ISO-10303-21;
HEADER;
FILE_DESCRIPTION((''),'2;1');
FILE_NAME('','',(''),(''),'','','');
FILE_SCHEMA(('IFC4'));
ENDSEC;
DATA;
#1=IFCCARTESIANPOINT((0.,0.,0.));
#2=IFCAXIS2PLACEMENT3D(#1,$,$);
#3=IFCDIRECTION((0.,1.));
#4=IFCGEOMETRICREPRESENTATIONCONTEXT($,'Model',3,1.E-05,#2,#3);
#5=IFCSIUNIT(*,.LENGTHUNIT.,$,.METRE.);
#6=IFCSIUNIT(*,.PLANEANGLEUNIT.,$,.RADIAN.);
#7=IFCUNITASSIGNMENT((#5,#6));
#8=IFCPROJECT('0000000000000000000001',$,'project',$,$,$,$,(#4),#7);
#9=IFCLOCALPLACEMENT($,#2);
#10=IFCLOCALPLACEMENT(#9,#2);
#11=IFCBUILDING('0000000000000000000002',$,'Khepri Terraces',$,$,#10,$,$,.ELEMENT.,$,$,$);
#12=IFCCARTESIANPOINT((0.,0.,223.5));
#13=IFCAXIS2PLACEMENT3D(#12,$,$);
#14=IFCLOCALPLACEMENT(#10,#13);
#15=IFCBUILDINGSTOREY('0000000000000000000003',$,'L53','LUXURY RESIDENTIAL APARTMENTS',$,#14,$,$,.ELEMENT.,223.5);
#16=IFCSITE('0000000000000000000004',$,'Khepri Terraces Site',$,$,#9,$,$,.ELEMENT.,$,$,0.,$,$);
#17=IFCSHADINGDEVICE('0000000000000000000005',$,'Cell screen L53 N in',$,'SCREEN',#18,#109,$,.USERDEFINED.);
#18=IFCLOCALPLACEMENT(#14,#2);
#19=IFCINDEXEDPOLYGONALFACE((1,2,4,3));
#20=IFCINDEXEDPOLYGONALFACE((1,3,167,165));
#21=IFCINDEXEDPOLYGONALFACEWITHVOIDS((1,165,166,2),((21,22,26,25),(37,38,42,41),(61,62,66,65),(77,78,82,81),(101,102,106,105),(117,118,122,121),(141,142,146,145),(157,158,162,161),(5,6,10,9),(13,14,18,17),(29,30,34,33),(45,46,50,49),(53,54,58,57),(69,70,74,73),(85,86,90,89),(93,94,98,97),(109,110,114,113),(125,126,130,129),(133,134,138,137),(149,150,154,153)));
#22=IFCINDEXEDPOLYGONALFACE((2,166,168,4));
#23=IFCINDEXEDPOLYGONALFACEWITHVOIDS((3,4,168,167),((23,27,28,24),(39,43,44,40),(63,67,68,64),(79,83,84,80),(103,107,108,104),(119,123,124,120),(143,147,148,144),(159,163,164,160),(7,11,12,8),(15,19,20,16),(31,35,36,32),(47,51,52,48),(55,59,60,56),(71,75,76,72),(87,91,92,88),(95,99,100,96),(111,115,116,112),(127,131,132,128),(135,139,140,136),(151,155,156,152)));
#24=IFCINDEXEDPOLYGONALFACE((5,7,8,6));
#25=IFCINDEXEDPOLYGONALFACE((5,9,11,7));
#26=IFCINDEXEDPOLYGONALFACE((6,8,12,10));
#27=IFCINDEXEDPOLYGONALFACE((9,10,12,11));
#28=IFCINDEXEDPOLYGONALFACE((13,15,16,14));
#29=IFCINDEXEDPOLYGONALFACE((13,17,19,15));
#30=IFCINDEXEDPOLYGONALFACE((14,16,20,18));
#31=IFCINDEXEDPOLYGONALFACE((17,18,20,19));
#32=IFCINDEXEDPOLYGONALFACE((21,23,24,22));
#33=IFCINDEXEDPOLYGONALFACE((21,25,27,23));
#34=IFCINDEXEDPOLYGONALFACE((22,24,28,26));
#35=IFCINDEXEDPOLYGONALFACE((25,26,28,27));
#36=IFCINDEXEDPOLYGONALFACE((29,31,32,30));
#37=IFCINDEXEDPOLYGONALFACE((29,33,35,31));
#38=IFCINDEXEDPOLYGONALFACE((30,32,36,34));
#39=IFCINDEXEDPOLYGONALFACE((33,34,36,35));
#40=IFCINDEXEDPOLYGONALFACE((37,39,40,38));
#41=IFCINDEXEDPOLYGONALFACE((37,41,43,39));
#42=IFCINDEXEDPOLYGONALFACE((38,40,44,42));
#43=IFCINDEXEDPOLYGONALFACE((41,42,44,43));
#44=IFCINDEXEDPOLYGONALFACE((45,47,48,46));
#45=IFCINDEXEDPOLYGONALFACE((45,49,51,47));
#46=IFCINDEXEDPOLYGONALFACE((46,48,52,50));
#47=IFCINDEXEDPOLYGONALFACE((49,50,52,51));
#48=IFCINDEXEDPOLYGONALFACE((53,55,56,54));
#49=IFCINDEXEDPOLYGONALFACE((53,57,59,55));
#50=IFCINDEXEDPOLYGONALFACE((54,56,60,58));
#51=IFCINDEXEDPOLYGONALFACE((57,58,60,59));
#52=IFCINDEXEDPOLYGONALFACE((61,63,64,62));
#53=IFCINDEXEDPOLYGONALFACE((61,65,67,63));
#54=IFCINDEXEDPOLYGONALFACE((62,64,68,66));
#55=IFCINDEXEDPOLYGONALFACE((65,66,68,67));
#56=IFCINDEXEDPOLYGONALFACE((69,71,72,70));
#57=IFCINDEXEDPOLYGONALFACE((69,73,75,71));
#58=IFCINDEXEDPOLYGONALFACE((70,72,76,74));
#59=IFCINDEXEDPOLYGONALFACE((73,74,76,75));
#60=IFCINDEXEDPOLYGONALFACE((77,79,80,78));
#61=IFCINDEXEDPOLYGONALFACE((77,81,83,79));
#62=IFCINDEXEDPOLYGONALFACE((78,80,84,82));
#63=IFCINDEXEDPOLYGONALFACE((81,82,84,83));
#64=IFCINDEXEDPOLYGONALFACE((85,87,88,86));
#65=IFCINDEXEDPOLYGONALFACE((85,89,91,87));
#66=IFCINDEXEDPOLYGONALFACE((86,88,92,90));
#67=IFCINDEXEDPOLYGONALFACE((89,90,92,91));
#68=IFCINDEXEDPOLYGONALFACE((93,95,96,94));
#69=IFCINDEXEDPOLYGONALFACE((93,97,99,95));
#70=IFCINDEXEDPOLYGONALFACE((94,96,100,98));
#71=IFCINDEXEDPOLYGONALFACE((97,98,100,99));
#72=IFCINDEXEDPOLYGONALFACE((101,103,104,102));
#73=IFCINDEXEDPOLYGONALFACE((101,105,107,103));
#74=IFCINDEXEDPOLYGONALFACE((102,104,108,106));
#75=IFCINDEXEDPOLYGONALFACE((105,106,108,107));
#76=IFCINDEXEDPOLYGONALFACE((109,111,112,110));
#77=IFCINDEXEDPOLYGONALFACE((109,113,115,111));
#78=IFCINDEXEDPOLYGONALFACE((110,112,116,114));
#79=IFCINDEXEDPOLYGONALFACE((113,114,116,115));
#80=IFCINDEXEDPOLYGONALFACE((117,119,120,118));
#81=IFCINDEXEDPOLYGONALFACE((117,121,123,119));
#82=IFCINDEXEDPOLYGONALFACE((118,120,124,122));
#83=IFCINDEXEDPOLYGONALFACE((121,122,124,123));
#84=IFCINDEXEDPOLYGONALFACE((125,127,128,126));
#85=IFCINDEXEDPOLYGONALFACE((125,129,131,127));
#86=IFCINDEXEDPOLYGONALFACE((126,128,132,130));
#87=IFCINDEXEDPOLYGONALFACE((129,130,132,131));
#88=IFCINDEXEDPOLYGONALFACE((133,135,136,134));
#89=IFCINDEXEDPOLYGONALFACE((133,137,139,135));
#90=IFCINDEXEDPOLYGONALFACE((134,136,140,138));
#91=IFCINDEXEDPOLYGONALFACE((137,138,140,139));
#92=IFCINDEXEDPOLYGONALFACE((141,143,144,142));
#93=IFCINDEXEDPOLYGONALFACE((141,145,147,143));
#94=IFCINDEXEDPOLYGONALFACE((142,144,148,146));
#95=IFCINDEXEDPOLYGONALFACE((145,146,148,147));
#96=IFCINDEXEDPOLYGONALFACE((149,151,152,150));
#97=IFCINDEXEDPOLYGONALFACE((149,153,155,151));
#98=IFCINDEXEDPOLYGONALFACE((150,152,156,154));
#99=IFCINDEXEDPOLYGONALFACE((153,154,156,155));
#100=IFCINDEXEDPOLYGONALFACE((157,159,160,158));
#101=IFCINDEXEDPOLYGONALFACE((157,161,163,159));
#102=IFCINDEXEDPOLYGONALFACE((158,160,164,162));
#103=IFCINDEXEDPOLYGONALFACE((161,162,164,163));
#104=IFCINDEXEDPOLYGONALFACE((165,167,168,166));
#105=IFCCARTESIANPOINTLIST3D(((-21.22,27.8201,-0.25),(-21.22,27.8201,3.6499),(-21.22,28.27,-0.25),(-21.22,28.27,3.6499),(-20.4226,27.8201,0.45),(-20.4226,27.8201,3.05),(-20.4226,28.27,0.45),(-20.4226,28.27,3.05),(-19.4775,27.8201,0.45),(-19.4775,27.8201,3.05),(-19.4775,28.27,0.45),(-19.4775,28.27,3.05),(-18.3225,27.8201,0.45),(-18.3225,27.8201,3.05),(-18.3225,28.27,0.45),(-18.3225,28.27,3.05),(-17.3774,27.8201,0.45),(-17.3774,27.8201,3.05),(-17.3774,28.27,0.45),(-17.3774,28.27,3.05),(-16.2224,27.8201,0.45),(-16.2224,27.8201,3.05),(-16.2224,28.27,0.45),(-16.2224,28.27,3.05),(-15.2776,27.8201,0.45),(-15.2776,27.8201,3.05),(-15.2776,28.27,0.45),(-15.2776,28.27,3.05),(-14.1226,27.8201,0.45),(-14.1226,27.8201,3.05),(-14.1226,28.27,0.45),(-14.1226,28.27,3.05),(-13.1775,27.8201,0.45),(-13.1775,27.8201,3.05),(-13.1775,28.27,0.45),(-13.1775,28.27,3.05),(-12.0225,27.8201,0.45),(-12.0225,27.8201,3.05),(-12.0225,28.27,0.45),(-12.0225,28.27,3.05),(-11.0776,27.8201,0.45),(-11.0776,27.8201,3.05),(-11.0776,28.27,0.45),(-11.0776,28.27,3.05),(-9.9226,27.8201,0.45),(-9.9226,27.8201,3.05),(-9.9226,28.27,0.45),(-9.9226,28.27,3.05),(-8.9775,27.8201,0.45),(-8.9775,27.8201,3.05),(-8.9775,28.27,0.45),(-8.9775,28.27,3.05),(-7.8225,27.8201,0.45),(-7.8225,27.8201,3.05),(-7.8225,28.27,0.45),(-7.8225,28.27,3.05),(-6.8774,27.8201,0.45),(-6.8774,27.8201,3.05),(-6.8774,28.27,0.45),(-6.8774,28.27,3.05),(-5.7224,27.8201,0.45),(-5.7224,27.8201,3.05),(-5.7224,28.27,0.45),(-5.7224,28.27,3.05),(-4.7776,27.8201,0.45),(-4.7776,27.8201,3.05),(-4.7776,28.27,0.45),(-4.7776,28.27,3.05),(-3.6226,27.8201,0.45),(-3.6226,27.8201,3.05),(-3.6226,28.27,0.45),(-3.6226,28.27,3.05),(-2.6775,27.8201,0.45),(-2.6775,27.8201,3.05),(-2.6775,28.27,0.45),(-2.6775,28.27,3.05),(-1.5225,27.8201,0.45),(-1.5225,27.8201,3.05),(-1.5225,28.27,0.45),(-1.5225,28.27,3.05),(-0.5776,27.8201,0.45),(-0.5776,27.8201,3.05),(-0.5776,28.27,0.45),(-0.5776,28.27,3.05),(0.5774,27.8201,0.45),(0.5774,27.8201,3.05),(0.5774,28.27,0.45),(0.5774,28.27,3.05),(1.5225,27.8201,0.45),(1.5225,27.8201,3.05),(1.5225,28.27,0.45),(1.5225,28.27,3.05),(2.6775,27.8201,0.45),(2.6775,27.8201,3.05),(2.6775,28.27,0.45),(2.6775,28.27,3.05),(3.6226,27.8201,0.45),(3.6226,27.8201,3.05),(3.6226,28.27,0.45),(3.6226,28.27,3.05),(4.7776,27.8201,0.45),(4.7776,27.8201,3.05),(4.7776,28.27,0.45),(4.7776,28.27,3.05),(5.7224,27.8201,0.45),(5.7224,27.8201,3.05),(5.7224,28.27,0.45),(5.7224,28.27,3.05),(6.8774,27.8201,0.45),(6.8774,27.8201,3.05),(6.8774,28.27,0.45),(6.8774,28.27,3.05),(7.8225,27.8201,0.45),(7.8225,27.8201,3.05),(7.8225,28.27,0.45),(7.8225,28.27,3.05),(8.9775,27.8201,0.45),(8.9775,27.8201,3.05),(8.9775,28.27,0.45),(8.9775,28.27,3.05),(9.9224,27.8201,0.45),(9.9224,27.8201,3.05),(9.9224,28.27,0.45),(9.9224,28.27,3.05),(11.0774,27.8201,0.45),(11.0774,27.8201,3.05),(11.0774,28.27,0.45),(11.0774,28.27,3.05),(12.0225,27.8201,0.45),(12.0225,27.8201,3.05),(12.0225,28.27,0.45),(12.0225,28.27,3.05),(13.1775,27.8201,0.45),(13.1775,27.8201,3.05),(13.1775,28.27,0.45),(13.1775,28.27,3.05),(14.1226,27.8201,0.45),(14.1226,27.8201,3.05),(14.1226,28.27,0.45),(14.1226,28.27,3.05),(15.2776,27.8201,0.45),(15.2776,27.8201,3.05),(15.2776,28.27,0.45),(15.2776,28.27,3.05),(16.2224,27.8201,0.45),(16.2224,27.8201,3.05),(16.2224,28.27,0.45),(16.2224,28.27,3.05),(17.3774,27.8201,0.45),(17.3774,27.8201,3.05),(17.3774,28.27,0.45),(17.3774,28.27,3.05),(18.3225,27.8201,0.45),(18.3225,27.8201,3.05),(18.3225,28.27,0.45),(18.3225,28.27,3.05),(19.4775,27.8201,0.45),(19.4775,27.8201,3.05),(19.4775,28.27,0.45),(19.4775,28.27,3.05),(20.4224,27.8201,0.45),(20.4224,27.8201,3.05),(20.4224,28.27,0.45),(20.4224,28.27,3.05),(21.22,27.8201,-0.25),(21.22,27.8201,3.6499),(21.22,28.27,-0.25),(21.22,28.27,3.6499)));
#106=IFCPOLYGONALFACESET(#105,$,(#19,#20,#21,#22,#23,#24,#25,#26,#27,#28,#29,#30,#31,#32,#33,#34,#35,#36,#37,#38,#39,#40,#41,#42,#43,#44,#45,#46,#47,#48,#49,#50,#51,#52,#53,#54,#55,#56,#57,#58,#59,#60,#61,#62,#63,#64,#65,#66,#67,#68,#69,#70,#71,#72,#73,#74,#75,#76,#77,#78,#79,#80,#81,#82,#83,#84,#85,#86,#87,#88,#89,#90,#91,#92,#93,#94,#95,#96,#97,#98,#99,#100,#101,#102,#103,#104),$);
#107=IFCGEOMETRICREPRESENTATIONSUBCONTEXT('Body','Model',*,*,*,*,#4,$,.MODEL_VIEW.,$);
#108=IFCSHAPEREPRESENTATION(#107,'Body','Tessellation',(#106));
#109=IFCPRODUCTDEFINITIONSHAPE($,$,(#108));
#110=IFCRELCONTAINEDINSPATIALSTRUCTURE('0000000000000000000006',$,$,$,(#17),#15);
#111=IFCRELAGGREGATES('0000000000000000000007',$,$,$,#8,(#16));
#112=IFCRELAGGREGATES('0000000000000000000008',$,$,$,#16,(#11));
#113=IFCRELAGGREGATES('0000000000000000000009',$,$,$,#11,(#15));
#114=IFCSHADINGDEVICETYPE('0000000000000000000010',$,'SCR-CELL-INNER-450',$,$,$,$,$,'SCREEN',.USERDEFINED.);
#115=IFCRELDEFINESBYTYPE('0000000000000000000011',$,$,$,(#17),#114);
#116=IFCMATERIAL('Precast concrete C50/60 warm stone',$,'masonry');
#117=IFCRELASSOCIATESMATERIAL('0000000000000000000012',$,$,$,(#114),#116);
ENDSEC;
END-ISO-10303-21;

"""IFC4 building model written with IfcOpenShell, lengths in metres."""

from ifc_helpers import new_model, si_unit, direction, frame, origin, place, context, subcontext, project, spatial, polyline, outline, extrude, material, type_object, element, save


model = new_model("IFC4")

# Units and contexts
model_context = context("Model", 3, precision=1e-05, world=origin(), true_north=direction((0.0, 1.0)))
body_context = subcontext(model_context, "Body", "Model", "MODEL_VIEW")
ifc_project = project(units=[si_unit("LENGTHUNIT", "METRE"), si_unit("PLANEANGLEUNIT", "RADIAN")], contexts=[model_context])

# Site, building, storey
site_placement = place(None, origin())
site = spatial("IfcSite", under=ifc_project, at=site_placement, Name="Khepri Terraces Site", CompositionType="ELEMENT", RefElevation=0.0)
building_placement = place(site_placement, origin())
building = spatial("IfcBuilding", under=site, at=building_placement, Name="Khepri Terraces", CompositionType="ELEMENT")
storey_placement = place(building_placement, frame((0.0, 0.0, 223.5)))
storey = spatial("IfcBuildingStorey", under=building, at=storey_placement, Name="L53", Description="LUXURY RESIDENTIAL APARTMENTS", CompositionType="ELEMENT", Elevation=223.5)

# Shared definitions
ifc_material_1 = material(Name="Precast concrete C50/60 warm stone", Category="masonry")

# Shading device
shading_device_type_1 = type_object("IfcShadingDeviceType", Name="SCR-CELL-INNER-450", ElementType="SCREEN", PredefinedType="USERDEFINED", material=ifc_material_1)
shading_device_1_placement = place(storey_placement, frame((21.22, 27.8201, -0.25), z_axis=(0.0, 1.0, 0.0), x_axis=(-1.0, 0.0, 0.0)))
element("IfcShadingDevice", 1, at=shading_device_1_placement, inside=storey, type_object=shading_device_type_1, Name="Cell screen L53 N in", ObjectType="SCREEN", PredefinedType="USERDEFINED", context=body_context, shape_type="SweptSolid", body=[
    extrude(outline(polyline([(0.0, 0.0), (42.4399, 0.0), (42.4399, 3.8999), (0.0, 3.8999), (0.0, 0.0)]), holes=[polyline([(0.7976, 0.7), (1.7424, 0.7), (1.7424, 3.3), (0.7976, 3.3), (0.7976, 0.7)]), polyline([(2.8975, 0.7), (3.8425, 0.7), (3.8425, 3.3), (2.8975, 3.3), (2.8975, 0.7)]), polyline([(4.9976, 0.7), (5.9424, 0.7), (5.9424, 3.3), (4.9976, 3.3), (4.9976, 0.7)]), polyline([(7.0974, 0.7), (8.0425, 0.7), (8.0425, 3.3), (7.0974, 3.3), (7.0974, 0.7)]), polyline([(9.1975, 0.7), (10.1426, 0.7), (10.1426, 3.3), (9.1975, 3.3), (9.1975, 0.7)]), polyline([(11.2976, 0.7), (12.2424, 0.7), (12.2424, 3.3), (11.2976, 3.3), (11.2976, 0.7)]), polyline([(13.3975, 0.7), (14.3425, 0.7), (14.3425, 3.3), (13.3975, 3.3), (13.3975, 0.7)]), polyline([(15.4976, 0.7), (16.4424, 0.7), (16.4424, 3.3), (15.4976, 3.3), (15.4976, 0.7)]), polyline([(17.5974, 0.7), (18.5425, 0.7), (18.5425, 3.3), (17.5974, 3.3), (17.5974, 0.7)]), polyline([(19.6975, 0.7), (20.6426, 0.7), (20.6426, 3.3), (19.6975, 3.3), (19.6975, 0.7)]), polyline([(21.7976, 0.7), (22.7424, 0.7), (22.7424, 3.3), (21.7976, 3.3), (21.7976, 0.7)]), polyline([(23.8975, 0.7), (24.8425, 0.7), (24.8425, 3.3), (23.8975, 3.3), (23.8975, 0.7)]), polyline([(25.9976, 0.7), (26.9424, 0.7), (26.9424, 3.3), (25.9976, 3.3), (25.9976, 0.7)]), polyline([(28.0974, 0.7), (29.0425, 0.7), (29.0425, 3.3), (28.0974, 3.3), (28.0974, 0.7)]), polyline([(30.1975, 0.7), (31.1426, 0.7), (31.1426, 3.3), (30.1975, 3.3), (30.1975, 0.7)]), polyline([(32.2976, 0.7), (33.2424, 0.7), (33.2424, 3.3), (32.2976, 3.3), (32.2976, 0.7)]), polyline([(34.3975, 0.7), (35.3425, 0.7), (35.3425, 3.3), (34.3975, 3.3), (34.3975, 0.7)]), polyline([(36.4976, 0.7), (37.4424, 0.7), (37.4424, 3.3), (36.4976, 3.3), (36.4976, 0.7)]), polyline([(38.5974, 0.7), (39.5425, 0.7), (39.5425, 3.3), (38.5974, 3.3), (38.5974, 0.7)]), polyline([(40.6975, 0.7), (41.6426, 0.7), (41.6426, 3.3), (40.6975, 3.3), (40.6975, 0.7)])]), origin(), (0.0, 0.0, 1.0), 0.45),
])

save(model, "model.ifc")
